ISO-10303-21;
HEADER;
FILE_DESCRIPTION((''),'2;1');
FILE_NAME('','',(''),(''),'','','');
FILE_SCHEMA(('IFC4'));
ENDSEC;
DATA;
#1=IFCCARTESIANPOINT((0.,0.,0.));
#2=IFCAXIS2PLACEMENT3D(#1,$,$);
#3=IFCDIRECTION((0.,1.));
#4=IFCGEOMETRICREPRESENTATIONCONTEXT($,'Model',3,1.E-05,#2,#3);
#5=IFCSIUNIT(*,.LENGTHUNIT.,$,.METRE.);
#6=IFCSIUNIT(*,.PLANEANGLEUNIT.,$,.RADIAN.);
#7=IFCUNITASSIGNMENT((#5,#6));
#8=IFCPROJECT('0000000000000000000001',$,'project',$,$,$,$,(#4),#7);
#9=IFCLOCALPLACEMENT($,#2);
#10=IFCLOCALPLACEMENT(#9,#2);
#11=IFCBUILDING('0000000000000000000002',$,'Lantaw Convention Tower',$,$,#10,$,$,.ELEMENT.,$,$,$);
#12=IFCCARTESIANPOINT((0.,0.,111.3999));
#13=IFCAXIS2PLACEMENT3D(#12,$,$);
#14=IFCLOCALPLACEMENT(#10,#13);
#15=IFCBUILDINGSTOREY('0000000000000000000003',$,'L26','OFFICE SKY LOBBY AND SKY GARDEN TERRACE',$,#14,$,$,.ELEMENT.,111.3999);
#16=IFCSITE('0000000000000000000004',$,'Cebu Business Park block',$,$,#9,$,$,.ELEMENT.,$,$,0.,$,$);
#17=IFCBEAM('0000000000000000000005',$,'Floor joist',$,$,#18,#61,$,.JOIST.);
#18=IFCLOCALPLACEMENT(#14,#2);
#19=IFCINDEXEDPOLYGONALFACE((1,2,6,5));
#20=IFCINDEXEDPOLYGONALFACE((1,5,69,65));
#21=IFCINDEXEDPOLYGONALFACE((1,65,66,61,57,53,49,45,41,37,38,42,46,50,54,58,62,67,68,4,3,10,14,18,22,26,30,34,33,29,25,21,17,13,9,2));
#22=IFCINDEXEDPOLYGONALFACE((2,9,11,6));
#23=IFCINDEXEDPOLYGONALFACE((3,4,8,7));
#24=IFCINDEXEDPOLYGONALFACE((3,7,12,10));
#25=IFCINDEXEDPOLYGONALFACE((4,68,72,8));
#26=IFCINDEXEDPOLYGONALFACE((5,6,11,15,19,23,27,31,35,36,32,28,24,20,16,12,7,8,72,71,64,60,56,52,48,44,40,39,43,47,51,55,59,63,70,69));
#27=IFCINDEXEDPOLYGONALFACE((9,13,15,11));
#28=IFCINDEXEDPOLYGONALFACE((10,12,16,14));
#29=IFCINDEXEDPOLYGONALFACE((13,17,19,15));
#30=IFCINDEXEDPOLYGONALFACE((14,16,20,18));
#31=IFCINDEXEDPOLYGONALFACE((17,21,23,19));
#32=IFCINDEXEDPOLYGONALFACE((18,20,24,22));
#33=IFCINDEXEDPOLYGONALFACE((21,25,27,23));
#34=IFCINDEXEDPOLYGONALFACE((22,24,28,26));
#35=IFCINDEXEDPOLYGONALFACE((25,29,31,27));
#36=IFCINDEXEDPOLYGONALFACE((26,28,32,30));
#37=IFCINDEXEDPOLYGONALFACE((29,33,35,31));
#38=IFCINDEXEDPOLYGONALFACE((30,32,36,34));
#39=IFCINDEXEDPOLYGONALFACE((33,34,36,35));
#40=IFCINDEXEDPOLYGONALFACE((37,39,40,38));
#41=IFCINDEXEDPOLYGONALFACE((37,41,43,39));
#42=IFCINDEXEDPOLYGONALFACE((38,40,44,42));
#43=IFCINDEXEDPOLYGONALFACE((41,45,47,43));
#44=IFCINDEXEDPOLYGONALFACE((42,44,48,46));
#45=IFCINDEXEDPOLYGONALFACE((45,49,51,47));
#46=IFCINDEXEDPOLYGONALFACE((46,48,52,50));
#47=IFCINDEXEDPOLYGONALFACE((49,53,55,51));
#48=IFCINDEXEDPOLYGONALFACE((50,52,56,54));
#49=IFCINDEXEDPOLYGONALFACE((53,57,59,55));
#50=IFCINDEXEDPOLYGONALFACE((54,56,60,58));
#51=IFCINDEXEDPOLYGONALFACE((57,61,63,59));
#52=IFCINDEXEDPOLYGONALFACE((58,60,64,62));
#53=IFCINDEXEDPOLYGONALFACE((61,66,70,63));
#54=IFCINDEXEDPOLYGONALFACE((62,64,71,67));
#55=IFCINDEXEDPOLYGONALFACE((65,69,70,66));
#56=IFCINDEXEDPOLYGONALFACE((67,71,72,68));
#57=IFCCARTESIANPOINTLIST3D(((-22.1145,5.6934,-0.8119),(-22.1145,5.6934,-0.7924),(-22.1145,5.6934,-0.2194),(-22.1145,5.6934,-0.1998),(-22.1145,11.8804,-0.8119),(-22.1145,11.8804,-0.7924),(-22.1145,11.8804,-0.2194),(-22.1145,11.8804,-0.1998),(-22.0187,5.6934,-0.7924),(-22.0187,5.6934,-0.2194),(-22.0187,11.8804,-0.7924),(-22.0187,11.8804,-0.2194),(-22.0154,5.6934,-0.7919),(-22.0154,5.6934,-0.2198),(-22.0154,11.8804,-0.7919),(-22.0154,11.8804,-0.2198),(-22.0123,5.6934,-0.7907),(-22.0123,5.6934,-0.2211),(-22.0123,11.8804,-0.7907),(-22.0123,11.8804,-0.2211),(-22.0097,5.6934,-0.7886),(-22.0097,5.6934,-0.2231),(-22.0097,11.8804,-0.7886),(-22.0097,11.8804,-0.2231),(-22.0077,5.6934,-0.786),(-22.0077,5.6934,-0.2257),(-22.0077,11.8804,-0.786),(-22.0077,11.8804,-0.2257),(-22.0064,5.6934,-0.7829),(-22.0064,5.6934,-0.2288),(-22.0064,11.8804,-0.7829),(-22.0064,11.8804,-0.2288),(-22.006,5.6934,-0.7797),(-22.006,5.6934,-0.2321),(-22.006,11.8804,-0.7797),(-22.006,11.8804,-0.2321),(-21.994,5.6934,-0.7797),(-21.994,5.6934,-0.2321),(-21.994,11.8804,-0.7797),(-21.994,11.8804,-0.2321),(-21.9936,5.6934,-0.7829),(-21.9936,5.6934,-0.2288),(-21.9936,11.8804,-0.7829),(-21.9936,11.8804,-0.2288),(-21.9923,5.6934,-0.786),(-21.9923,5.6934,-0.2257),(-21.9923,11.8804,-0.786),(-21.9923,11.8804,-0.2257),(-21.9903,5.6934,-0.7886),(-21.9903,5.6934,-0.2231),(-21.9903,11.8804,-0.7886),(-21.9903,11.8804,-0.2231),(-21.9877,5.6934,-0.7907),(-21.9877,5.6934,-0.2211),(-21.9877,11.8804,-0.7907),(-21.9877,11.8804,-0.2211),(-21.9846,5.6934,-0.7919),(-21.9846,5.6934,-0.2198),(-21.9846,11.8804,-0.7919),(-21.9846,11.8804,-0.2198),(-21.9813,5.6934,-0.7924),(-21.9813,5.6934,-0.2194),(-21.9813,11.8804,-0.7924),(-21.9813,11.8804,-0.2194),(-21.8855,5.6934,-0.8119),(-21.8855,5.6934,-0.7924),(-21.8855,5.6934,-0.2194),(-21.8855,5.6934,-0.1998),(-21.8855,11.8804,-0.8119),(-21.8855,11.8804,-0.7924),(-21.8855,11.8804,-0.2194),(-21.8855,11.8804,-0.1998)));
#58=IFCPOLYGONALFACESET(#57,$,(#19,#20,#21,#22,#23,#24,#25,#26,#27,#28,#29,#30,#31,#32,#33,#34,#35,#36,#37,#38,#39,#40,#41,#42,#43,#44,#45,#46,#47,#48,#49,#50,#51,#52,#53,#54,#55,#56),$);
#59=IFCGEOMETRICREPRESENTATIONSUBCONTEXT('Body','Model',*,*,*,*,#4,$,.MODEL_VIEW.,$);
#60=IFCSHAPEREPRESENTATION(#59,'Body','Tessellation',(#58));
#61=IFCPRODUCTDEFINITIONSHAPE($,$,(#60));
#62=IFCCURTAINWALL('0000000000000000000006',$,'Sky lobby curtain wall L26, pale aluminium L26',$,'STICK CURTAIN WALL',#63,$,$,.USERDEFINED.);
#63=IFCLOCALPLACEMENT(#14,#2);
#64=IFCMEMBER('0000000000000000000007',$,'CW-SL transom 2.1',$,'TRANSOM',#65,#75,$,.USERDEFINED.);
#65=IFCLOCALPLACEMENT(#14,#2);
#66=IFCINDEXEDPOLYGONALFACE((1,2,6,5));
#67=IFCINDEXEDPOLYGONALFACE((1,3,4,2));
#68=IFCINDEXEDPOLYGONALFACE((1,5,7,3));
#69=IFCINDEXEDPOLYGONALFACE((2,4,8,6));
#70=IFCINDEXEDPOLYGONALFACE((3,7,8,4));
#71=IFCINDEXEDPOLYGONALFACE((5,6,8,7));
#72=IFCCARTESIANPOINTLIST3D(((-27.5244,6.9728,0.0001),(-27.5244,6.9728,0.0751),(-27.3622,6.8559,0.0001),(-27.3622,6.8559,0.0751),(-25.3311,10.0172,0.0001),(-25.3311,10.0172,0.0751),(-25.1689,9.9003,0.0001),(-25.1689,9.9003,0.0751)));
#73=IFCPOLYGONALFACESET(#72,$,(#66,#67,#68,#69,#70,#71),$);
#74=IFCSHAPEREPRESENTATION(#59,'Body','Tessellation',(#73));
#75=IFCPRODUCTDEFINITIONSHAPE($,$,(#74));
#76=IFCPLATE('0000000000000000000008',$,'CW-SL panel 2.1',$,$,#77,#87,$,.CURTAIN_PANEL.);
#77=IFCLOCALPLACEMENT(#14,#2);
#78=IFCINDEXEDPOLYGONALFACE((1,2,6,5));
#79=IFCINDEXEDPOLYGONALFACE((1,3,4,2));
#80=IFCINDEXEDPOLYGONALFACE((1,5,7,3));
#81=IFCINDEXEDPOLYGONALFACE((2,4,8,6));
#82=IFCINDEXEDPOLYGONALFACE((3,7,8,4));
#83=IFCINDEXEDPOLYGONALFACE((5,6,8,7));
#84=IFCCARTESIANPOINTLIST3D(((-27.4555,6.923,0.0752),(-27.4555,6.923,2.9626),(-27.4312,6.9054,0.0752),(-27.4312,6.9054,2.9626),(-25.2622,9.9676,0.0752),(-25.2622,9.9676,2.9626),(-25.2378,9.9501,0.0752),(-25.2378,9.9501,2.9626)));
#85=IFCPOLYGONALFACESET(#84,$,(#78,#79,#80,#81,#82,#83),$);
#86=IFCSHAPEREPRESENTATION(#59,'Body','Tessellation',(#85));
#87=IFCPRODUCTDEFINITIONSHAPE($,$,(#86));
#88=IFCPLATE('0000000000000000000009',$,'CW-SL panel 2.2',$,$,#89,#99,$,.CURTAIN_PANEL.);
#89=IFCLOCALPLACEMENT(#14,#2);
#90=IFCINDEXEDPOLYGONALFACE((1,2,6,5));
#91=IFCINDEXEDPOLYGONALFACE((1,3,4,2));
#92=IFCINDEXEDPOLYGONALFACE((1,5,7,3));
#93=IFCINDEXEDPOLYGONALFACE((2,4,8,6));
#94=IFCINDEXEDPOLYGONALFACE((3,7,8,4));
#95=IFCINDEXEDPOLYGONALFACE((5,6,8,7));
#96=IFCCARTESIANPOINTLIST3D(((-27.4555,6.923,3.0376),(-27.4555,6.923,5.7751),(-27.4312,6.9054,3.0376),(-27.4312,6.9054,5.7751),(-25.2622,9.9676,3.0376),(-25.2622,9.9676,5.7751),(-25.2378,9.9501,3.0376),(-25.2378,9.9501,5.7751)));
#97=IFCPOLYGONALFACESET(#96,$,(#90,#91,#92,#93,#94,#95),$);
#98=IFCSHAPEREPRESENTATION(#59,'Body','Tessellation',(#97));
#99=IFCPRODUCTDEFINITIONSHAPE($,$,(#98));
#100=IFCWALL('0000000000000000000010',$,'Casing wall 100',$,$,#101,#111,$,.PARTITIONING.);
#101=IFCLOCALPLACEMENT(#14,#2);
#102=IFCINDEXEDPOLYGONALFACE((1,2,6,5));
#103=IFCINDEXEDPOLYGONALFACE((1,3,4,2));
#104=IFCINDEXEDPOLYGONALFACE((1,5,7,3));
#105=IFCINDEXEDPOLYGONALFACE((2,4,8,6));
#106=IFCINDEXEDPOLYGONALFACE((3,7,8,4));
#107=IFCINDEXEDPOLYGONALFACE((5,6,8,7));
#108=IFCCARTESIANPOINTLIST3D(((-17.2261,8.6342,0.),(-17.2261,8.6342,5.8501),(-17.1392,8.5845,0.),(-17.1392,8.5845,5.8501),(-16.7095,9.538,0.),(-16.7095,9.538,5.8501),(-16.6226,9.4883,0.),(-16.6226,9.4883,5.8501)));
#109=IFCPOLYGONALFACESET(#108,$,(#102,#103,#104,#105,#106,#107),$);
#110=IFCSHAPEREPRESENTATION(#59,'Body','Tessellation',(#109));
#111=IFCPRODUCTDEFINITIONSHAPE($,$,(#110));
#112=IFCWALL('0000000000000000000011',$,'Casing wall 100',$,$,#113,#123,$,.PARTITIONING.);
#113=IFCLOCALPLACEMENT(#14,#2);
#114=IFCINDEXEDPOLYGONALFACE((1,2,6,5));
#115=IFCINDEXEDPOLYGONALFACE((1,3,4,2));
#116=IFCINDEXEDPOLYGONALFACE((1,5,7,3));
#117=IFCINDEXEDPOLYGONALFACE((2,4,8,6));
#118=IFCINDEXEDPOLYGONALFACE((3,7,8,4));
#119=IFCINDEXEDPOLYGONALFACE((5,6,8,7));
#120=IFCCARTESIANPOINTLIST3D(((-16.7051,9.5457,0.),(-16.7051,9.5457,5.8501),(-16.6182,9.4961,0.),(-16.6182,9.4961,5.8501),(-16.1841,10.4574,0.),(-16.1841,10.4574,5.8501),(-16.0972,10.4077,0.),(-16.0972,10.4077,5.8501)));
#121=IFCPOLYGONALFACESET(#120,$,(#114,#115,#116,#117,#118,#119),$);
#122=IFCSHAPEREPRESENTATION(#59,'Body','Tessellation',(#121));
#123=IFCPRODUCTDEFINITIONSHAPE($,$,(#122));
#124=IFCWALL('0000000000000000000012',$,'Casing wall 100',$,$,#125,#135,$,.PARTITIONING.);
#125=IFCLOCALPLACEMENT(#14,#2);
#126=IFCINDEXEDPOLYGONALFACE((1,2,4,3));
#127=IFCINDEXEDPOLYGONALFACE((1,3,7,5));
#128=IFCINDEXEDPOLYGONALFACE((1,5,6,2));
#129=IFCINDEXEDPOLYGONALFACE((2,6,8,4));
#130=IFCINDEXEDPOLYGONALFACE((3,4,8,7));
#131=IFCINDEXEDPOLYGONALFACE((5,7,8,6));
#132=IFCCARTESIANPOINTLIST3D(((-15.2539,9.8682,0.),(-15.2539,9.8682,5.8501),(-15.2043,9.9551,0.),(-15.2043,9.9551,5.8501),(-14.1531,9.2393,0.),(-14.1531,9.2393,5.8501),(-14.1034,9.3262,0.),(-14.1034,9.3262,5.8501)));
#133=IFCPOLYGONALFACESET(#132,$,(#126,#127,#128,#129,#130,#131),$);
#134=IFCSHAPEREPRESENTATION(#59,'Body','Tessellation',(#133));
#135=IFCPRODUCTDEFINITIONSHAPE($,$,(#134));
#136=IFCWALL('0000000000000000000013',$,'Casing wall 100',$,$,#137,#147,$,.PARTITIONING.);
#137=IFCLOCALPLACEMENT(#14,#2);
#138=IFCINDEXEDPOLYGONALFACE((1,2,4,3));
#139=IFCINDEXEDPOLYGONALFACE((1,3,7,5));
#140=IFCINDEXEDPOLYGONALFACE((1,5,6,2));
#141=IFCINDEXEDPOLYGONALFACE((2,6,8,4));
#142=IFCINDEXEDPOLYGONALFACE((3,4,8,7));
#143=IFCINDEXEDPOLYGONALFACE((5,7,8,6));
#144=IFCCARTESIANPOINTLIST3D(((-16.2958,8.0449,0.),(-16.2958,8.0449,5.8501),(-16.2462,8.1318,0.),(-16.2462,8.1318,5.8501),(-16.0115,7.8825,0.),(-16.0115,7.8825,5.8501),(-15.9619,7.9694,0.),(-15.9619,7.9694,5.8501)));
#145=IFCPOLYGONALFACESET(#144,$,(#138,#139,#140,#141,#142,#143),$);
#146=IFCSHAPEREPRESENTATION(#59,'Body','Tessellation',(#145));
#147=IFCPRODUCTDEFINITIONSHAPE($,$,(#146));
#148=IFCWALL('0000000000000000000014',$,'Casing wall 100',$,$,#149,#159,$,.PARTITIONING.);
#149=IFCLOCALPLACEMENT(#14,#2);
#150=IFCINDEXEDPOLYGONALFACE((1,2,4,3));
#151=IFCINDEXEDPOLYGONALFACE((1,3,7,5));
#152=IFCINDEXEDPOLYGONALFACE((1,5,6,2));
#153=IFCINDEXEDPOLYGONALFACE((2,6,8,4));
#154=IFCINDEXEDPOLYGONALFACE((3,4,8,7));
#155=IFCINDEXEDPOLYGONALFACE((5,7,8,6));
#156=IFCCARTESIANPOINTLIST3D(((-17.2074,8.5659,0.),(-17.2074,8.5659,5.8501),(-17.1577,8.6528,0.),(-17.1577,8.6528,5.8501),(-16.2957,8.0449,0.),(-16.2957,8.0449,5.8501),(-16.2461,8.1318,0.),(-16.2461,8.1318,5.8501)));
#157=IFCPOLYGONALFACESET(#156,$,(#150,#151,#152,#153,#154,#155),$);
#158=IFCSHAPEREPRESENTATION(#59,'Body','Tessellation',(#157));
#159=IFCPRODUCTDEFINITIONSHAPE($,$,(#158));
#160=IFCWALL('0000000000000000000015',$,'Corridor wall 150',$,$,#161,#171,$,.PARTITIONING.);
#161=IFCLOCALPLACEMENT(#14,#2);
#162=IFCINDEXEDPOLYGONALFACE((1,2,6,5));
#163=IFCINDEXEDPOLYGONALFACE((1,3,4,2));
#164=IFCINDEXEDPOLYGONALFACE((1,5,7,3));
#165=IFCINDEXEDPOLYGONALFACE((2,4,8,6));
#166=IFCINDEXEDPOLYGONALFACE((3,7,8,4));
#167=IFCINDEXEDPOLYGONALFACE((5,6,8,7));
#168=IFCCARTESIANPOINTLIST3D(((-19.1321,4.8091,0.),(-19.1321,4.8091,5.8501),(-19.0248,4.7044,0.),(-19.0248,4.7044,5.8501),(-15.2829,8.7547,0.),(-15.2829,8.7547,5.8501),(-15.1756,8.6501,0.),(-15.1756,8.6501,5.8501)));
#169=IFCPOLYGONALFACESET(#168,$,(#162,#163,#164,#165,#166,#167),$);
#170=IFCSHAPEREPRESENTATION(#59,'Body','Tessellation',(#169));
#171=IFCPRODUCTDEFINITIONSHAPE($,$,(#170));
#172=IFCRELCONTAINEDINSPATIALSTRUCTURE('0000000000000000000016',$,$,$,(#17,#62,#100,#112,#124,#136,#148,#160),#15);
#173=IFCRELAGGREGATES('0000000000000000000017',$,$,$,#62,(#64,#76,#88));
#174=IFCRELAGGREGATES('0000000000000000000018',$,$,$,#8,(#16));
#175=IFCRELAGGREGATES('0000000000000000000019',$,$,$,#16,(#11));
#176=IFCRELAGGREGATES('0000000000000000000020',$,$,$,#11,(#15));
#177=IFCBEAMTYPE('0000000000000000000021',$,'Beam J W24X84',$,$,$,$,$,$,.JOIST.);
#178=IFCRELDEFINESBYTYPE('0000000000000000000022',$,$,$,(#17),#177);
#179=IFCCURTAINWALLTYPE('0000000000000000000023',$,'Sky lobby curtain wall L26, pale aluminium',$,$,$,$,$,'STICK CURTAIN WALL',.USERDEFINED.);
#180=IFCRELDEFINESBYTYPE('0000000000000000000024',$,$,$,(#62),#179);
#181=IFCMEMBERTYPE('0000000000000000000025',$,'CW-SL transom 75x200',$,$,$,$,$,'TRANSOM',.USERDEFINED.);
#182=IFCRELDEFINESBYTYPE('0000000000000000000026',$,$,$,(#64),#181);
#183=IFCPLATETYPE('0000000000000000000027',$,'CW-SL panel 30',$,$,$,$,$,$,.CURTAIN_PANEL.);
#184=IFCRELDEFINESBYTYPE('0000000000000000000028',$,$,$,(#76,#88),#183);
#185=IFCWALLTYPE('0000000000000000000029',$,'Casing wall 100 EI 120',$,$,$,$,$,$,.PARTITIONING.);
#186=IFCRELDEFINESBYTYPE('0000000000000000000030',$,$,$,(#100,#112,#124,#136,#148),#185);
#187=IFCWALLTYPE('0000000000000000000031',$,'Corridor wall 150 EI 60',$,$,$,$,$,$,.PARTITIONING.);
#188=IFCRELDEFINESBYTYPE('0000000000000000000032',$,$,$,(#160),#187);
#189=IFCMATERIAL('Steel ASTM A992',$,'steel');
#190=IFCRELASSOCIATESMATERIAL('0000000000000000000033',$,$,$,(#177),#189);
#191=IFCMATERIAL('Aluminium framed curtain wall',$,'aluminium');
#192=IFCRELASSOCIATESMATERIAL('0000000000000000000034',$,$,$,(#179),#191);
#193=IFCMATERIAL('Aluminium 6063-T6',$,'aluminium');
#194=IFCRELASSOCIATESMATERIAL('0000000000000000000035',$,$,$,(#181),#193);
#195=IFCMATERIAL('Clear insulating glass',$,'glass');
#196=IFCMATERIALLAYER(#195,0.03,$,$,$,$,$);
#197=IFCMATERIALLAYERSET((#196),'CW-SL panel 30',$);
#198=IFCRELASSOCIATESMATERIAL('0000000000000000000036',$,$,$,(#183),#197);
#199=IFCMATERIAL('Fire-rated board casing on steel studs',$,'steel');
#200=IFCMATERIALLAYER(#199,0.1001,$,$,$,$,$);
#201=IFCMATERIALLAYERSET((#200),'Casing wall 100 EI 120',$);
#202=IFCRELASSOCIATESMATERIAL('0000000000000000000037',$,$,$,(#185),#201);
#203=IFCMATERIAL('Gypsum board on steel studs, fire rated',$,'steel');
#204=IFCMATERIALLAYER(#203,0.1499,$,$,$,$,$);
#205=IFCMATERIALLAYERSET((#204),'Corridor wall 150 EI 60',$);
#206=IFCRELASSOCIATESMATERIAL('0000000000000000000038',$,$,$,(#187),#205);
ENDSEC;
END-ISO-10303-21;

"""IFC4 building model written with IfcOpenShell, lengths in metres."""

from ifc_helpers import new_model, si_unit, direction, frame, frame_2d, origin, origin_2d, place, context, subcontext, project, spatial, rectangle, i_section, extrude, material, layer, layer_set, material_profile, profile_set, type_object, element, aggregate, save


model = new_model("IFC4")

# Units and contexts
model_context = context("Model", 3, precision=1e-05, world=origin(), true_north=direction((0.0, 1.0)))
body_context = subcontext(model_context, "Body", "Model", "MODEL_VIEW")
ifc_project = project(units=[si_unit("LENGTHUNIT", "METRE"), si_unit("PLANEANGLEUNIT", "RADIAN")], contexts=[model_context])

# Site, building, storey
site_placement = place(None, origin())
site = spatial("IfcSite", under=ifc_project, at=site_placement, Name="Cebu Business Park block", CompositionType="ELEMENT", RefElevation=0.0)
building_placement = place(site_placement, origin())
building = spatial("IfcBuilding", under=site, at=building_placement, Name="Lantaw Convention Tower", CompositionType="ELEMENT")
storey_placement = place(building_placement, frame((0.0, 0.0, 111.3999)))
storey = spatial("IfcBuildingStorey", under=building, at=storey_placement, Name="L26", Description="OFFICE SKY LOBBY AND SKY GARDEN TERRACE", CompositionType="ELEMENT", Elevation=111.3999)

# Beam
ifc_material_1 = material(Name="Steel ASTM A992", Category="steel")
ifc_material_profile_1 = material_profile(ifc_material_1, i_section(OverallWidth=0.229, OverallDepth=0.6121, WebThickness=0.012, FlangeThickness=0.0195, FilletRadius=0.0127, at=origin_2d()), Name="W24X84")
ifc_profile_set_1 = profile_set([ifc_material_profile_1], Name="Steel ASTM A992")
beam_type_1 = type_object("IfcBeamType", Name="Beam J W24X84", PredefinedType="JOIST", material=ifc_profile_set_1)
beam_1_placement = place(storey_placement, frame((-22.0, 5.6934, -0.5059), z_axis=(0.0, 1.0, 0.0), x_axis=(-1.0, 0.0, 0.0)))
element("IfcBeam", 1, at=beam_1_placement, inside=storey, type_object=beam_type_1, Name="Floor joist", PredefinedType="JOIST", context=body_context, shape_type="SweptSolid", body=[
    extrude(i_section(OverallWidth=0.229, OverallDepth=0.6121, WebThickness=0.012, FlangeThickness=0.0195, FilletRadius=0.0127, at=origin_2d()), origin(), (0.0, 0.0, 1.0), 6.187),
])

# Curtain wall, member, plates
ifc_material_2 = material(Name="Aluminium framed curtain wall", Category="aluminium")
curtain_wall_type = type_object("IfcCurtainWallType", Name="Sky lobby curtain wall L26, pale aluminium", ElementType="STICK CURTAIN WALL", PredefinedType="USERDEFINED", material=ifc_material_2)
curtain_wall_placement = place(storey_placement, origin())
curtain_wall = element("IfcCurtainWall", 2, at=curtain_wall_placement, inside=storey, type_object=curtain_wall_type, Name="Sky lobby curtain wall L26, pale aluminium L26", ObjectType="STICK CURTAIN WALL", PredefinedType="USERDEFINED")
ifc_material_3 = material(Name="Aluminium 6063-T6", Category="aluminium")
ifc_material_profile_2 = material_profile(ifc_material_3, rectangle(XDim=0.2, YDim=0.075, at=origin_2d()), Name="CW-SL transom 75x200")
ifc_profile_set_2 = profile_set([ifc_material_profile_2], Name="Aluminium 6063-T6")
member_type = type_object("IfcMemberType", Name="CW-SL transom 75x200", ElementType="TRANSOM", PredefinedType="USERDEFINED", material=ifc_profile_set_2)
member_placement = place(storey_placement, frame((-25.25, 9.9587, 0.0376), z_axis=(-0.584545, -0.811362, 0.0), x_axis=(0.811362, -0.584545, 0.0)))
member = element("IfcMember", 3, at=member_placement, type_object=member_type, Name="CW-SL transom 2.1", ObjectType="TRANSOM", PredefinedType="USERDEFINED", context=body_context, shape_type="SweptSolid", body=[
    extrude(rectangle(XDim=0.2, YDim=0.075, at=origin_2d()), origin(), (0.0, 0.0, 1.0), 3.7522),
])
ifc_material_4 = material(Name="Clear insulating glass", Category="glass")
ifc_layer_1 = layer(ifc_material_4, 0.03)
ifc_layer_set_1 = layer_set([ifc_layer_1], Name="CW-SL panel 30")
plate_type = type_object("IfcPlateType", Name="CW-SL panel 30", PredefinedType="CURTAIN_PANEL", material=ifc_layer_set_1)
plate_1_placement = place(storey_placement, frame((-26.3467, 8.4365, 0.0752), z_axis=(0.0, 0.0, 1.0), x_axis=(-0.584513, -0.811385, 0.0)))
plate_1 = element("IfcPlate", 4, at=plate_1_placement, type_object=plate_type, Name="CW-SL panel 2.1", PredefinedType="CURTAIN_PANEL", context=body_context, shape_type="SweptSolid", body=[
    extrude(rectangle(XDim=3.7524, YDim=0.03, at=origin_2d()), origin(), (0.0, 0.0, 1.0), 2.8875),
])
plate_2_placement = place(storey_placement, frame((-26.3467, 8.4365, 3.0376), z_axis=(0.0, 0.0, 1.0), x_axis=(-0.584513, -0.811385, 0.0)))
plate_2 = element("IfcPlate", 5, at=plate_2_placement, type_object=plate_type, Name="CW-SL panel 2.2", PredefinedType="CURTAIN_PANEL", context=body_context, shape_type="SweptSolid", body=[
    extrude(rectangle(XDim=3.7524, YDim=0.03, at=origin_2d()), origin(), (0.0, 0.0, 1.0), 2.7375),
])
aggregate(curtain_wall, [member, plate_1, plate_2])

# Walls
ifc_material_5 = material(Name="Fire-rated board casing on steel studs", Category="steel")
ifc_layer_2 = layer(ifc_material_5, 0.1001)
ifc_layer_set_2 = layer_set([ifc_layer_2], Name="Casing wall 100 EI 120")
wall_type_1 = type_object("IfcWallType", Name="Casing wall 100 EI 120", PredefinedType="PARTITIONING", material=ifc_layer_set_2)
wall_1_placement = place(storey_placement, frame((-17.1826, 8.6094, 0.0), z_axis=(0.0, 0.0, 1.0), x_axis=(0.49624, 0.868185, 0.0)))
element("IfcWall", 6, at=wall_1_placement, inside=storey, type_object=wall_type_1, Name="Casing wall 100", PredefinedType="PARTITIONING", context=body_context, shape_type="SweptSolid", body=[
    extrude(rectangle(XDim=1.041, YDim=0.1001, at=frame_2d((0.5205, 0.0))), origin(), (0.0, 0.0, 1.0), 5.8501),
])
wall_2_placement = place(storey_placement, frame((-16.6616, 9.521, 0.0), z_axis=(0.0, 0.0, 1.0), x_axis=(0.496189, 0.868215, 0.0)))
element("IfcWall", 7, at=wall_2_placement, inside=storey, type_object=wall_type_1, Name="Casing wall 100", PredefinedType="PARTITIONING", context=body_context, shape_type="SweptSolid", body=[
    extrude(rectangle(XDim=1.05, YDim=0.1001, at=frame_2d((0.5249, 0.0))), origin(), (0.0, 0.0, 1.0), 5.8501),
])
wall_3_placement = place(storey_placement, frame((-15.229, 9.9116, 0.0), z_axis=(0.0, 0.0, 1.0), x_axis=(0.868291, -0.496056, 0.0)))
element("IfcWall", 8, at=wall_3_placement, inside=storey, type_object=wall_type_1, Name="Casing wall 100", PredefinedType="PARTITIONING", context=body_context, shape_type="SweptSolid", body=[
    extrude(rectangle(XDim=1.2678, YDim=0.1001, at=frame_2d((0.6338, 0.0))), origin(), (0.0, 0.0, 1.0), 5.8501),
])
wall_4_placement = place(storey_placement, frame((-15.9868, 7.926, 0.0), z_axis=(0.0, 0.0, 1.0), x_axis=(-0.868289, 0.496059, 0.0)))
element("IfcWall", 9, at=wall_4_placement, inside=storey, type_object=wall_type_1, Name="Casing wall 100", PredefinedType="PARTITIONING", context=body_context, shape_type="SweptSolid", body=[
    extrude(rectangle(XDim=0.3274, YDim=0.1001, at=frame_2d((0.1636, 0.0))), origin(), (0.0, 0.0, 1.0), 5.8501),
])
wall_5_placement = place(storey_placement, frame((-16.271, 8.0884, 0.0), z_axis=(0.0, 0.0, 1.0), x_axis=(-0.868215, 0.496189, 0.0)))
element("IfcWall", 10, at=wall_5_placement, inside=storey, type_object=wall_type_1, Name="Casing wall 100", PredefinedType="PARTITIONING", context=body_context, shape_type="SweptSolid", body=[
    extrude(rectangle(XDim=1.05, YDim=0.1001, at=frame_2d((0.5249, 0.0))), origin(), (0.0, 0.0, 1.0), 5.8501),
])
ifc_material_6 = material(Name="Gypsum board on steel studs, fire rated", Category="steel")
ifc_layer_3 = layer(ifc_material_6, 0.1499)
ifc_layer_set_3 = layer_set([ifc_layer_3], Name="Corridor wall 150 EI 60")
wall_type_2 = type_object("IfcWallType", Name="Corridor wall 150 EI 60", PredefinedType="PARTITIONING", material=ifc_layer_set_3)
wall_6_placement = place(storey_placement, frame((-15.2292, 8.7024, 0.0), z_axis=(0.0, 0.0, 1.0), x_axis=(-0.698305, -0.7158, 0.0)))
element("IfcWall", 11, at=wall_6_placement, inside=storey, type_object=wall_type_2, Name="Corridor wall 150", PredefinedType="PARTITIONING", context=body_context, shape_type="SweptSolid", body=[
    extrude(rectangle(XDim=5.5122, YDim=0.1499, at=frame_2d((2.7561, 0.0))), origin(), (0.0, 0.0, 1.0), 5.8501),
])

save(model, "model.ifc")
